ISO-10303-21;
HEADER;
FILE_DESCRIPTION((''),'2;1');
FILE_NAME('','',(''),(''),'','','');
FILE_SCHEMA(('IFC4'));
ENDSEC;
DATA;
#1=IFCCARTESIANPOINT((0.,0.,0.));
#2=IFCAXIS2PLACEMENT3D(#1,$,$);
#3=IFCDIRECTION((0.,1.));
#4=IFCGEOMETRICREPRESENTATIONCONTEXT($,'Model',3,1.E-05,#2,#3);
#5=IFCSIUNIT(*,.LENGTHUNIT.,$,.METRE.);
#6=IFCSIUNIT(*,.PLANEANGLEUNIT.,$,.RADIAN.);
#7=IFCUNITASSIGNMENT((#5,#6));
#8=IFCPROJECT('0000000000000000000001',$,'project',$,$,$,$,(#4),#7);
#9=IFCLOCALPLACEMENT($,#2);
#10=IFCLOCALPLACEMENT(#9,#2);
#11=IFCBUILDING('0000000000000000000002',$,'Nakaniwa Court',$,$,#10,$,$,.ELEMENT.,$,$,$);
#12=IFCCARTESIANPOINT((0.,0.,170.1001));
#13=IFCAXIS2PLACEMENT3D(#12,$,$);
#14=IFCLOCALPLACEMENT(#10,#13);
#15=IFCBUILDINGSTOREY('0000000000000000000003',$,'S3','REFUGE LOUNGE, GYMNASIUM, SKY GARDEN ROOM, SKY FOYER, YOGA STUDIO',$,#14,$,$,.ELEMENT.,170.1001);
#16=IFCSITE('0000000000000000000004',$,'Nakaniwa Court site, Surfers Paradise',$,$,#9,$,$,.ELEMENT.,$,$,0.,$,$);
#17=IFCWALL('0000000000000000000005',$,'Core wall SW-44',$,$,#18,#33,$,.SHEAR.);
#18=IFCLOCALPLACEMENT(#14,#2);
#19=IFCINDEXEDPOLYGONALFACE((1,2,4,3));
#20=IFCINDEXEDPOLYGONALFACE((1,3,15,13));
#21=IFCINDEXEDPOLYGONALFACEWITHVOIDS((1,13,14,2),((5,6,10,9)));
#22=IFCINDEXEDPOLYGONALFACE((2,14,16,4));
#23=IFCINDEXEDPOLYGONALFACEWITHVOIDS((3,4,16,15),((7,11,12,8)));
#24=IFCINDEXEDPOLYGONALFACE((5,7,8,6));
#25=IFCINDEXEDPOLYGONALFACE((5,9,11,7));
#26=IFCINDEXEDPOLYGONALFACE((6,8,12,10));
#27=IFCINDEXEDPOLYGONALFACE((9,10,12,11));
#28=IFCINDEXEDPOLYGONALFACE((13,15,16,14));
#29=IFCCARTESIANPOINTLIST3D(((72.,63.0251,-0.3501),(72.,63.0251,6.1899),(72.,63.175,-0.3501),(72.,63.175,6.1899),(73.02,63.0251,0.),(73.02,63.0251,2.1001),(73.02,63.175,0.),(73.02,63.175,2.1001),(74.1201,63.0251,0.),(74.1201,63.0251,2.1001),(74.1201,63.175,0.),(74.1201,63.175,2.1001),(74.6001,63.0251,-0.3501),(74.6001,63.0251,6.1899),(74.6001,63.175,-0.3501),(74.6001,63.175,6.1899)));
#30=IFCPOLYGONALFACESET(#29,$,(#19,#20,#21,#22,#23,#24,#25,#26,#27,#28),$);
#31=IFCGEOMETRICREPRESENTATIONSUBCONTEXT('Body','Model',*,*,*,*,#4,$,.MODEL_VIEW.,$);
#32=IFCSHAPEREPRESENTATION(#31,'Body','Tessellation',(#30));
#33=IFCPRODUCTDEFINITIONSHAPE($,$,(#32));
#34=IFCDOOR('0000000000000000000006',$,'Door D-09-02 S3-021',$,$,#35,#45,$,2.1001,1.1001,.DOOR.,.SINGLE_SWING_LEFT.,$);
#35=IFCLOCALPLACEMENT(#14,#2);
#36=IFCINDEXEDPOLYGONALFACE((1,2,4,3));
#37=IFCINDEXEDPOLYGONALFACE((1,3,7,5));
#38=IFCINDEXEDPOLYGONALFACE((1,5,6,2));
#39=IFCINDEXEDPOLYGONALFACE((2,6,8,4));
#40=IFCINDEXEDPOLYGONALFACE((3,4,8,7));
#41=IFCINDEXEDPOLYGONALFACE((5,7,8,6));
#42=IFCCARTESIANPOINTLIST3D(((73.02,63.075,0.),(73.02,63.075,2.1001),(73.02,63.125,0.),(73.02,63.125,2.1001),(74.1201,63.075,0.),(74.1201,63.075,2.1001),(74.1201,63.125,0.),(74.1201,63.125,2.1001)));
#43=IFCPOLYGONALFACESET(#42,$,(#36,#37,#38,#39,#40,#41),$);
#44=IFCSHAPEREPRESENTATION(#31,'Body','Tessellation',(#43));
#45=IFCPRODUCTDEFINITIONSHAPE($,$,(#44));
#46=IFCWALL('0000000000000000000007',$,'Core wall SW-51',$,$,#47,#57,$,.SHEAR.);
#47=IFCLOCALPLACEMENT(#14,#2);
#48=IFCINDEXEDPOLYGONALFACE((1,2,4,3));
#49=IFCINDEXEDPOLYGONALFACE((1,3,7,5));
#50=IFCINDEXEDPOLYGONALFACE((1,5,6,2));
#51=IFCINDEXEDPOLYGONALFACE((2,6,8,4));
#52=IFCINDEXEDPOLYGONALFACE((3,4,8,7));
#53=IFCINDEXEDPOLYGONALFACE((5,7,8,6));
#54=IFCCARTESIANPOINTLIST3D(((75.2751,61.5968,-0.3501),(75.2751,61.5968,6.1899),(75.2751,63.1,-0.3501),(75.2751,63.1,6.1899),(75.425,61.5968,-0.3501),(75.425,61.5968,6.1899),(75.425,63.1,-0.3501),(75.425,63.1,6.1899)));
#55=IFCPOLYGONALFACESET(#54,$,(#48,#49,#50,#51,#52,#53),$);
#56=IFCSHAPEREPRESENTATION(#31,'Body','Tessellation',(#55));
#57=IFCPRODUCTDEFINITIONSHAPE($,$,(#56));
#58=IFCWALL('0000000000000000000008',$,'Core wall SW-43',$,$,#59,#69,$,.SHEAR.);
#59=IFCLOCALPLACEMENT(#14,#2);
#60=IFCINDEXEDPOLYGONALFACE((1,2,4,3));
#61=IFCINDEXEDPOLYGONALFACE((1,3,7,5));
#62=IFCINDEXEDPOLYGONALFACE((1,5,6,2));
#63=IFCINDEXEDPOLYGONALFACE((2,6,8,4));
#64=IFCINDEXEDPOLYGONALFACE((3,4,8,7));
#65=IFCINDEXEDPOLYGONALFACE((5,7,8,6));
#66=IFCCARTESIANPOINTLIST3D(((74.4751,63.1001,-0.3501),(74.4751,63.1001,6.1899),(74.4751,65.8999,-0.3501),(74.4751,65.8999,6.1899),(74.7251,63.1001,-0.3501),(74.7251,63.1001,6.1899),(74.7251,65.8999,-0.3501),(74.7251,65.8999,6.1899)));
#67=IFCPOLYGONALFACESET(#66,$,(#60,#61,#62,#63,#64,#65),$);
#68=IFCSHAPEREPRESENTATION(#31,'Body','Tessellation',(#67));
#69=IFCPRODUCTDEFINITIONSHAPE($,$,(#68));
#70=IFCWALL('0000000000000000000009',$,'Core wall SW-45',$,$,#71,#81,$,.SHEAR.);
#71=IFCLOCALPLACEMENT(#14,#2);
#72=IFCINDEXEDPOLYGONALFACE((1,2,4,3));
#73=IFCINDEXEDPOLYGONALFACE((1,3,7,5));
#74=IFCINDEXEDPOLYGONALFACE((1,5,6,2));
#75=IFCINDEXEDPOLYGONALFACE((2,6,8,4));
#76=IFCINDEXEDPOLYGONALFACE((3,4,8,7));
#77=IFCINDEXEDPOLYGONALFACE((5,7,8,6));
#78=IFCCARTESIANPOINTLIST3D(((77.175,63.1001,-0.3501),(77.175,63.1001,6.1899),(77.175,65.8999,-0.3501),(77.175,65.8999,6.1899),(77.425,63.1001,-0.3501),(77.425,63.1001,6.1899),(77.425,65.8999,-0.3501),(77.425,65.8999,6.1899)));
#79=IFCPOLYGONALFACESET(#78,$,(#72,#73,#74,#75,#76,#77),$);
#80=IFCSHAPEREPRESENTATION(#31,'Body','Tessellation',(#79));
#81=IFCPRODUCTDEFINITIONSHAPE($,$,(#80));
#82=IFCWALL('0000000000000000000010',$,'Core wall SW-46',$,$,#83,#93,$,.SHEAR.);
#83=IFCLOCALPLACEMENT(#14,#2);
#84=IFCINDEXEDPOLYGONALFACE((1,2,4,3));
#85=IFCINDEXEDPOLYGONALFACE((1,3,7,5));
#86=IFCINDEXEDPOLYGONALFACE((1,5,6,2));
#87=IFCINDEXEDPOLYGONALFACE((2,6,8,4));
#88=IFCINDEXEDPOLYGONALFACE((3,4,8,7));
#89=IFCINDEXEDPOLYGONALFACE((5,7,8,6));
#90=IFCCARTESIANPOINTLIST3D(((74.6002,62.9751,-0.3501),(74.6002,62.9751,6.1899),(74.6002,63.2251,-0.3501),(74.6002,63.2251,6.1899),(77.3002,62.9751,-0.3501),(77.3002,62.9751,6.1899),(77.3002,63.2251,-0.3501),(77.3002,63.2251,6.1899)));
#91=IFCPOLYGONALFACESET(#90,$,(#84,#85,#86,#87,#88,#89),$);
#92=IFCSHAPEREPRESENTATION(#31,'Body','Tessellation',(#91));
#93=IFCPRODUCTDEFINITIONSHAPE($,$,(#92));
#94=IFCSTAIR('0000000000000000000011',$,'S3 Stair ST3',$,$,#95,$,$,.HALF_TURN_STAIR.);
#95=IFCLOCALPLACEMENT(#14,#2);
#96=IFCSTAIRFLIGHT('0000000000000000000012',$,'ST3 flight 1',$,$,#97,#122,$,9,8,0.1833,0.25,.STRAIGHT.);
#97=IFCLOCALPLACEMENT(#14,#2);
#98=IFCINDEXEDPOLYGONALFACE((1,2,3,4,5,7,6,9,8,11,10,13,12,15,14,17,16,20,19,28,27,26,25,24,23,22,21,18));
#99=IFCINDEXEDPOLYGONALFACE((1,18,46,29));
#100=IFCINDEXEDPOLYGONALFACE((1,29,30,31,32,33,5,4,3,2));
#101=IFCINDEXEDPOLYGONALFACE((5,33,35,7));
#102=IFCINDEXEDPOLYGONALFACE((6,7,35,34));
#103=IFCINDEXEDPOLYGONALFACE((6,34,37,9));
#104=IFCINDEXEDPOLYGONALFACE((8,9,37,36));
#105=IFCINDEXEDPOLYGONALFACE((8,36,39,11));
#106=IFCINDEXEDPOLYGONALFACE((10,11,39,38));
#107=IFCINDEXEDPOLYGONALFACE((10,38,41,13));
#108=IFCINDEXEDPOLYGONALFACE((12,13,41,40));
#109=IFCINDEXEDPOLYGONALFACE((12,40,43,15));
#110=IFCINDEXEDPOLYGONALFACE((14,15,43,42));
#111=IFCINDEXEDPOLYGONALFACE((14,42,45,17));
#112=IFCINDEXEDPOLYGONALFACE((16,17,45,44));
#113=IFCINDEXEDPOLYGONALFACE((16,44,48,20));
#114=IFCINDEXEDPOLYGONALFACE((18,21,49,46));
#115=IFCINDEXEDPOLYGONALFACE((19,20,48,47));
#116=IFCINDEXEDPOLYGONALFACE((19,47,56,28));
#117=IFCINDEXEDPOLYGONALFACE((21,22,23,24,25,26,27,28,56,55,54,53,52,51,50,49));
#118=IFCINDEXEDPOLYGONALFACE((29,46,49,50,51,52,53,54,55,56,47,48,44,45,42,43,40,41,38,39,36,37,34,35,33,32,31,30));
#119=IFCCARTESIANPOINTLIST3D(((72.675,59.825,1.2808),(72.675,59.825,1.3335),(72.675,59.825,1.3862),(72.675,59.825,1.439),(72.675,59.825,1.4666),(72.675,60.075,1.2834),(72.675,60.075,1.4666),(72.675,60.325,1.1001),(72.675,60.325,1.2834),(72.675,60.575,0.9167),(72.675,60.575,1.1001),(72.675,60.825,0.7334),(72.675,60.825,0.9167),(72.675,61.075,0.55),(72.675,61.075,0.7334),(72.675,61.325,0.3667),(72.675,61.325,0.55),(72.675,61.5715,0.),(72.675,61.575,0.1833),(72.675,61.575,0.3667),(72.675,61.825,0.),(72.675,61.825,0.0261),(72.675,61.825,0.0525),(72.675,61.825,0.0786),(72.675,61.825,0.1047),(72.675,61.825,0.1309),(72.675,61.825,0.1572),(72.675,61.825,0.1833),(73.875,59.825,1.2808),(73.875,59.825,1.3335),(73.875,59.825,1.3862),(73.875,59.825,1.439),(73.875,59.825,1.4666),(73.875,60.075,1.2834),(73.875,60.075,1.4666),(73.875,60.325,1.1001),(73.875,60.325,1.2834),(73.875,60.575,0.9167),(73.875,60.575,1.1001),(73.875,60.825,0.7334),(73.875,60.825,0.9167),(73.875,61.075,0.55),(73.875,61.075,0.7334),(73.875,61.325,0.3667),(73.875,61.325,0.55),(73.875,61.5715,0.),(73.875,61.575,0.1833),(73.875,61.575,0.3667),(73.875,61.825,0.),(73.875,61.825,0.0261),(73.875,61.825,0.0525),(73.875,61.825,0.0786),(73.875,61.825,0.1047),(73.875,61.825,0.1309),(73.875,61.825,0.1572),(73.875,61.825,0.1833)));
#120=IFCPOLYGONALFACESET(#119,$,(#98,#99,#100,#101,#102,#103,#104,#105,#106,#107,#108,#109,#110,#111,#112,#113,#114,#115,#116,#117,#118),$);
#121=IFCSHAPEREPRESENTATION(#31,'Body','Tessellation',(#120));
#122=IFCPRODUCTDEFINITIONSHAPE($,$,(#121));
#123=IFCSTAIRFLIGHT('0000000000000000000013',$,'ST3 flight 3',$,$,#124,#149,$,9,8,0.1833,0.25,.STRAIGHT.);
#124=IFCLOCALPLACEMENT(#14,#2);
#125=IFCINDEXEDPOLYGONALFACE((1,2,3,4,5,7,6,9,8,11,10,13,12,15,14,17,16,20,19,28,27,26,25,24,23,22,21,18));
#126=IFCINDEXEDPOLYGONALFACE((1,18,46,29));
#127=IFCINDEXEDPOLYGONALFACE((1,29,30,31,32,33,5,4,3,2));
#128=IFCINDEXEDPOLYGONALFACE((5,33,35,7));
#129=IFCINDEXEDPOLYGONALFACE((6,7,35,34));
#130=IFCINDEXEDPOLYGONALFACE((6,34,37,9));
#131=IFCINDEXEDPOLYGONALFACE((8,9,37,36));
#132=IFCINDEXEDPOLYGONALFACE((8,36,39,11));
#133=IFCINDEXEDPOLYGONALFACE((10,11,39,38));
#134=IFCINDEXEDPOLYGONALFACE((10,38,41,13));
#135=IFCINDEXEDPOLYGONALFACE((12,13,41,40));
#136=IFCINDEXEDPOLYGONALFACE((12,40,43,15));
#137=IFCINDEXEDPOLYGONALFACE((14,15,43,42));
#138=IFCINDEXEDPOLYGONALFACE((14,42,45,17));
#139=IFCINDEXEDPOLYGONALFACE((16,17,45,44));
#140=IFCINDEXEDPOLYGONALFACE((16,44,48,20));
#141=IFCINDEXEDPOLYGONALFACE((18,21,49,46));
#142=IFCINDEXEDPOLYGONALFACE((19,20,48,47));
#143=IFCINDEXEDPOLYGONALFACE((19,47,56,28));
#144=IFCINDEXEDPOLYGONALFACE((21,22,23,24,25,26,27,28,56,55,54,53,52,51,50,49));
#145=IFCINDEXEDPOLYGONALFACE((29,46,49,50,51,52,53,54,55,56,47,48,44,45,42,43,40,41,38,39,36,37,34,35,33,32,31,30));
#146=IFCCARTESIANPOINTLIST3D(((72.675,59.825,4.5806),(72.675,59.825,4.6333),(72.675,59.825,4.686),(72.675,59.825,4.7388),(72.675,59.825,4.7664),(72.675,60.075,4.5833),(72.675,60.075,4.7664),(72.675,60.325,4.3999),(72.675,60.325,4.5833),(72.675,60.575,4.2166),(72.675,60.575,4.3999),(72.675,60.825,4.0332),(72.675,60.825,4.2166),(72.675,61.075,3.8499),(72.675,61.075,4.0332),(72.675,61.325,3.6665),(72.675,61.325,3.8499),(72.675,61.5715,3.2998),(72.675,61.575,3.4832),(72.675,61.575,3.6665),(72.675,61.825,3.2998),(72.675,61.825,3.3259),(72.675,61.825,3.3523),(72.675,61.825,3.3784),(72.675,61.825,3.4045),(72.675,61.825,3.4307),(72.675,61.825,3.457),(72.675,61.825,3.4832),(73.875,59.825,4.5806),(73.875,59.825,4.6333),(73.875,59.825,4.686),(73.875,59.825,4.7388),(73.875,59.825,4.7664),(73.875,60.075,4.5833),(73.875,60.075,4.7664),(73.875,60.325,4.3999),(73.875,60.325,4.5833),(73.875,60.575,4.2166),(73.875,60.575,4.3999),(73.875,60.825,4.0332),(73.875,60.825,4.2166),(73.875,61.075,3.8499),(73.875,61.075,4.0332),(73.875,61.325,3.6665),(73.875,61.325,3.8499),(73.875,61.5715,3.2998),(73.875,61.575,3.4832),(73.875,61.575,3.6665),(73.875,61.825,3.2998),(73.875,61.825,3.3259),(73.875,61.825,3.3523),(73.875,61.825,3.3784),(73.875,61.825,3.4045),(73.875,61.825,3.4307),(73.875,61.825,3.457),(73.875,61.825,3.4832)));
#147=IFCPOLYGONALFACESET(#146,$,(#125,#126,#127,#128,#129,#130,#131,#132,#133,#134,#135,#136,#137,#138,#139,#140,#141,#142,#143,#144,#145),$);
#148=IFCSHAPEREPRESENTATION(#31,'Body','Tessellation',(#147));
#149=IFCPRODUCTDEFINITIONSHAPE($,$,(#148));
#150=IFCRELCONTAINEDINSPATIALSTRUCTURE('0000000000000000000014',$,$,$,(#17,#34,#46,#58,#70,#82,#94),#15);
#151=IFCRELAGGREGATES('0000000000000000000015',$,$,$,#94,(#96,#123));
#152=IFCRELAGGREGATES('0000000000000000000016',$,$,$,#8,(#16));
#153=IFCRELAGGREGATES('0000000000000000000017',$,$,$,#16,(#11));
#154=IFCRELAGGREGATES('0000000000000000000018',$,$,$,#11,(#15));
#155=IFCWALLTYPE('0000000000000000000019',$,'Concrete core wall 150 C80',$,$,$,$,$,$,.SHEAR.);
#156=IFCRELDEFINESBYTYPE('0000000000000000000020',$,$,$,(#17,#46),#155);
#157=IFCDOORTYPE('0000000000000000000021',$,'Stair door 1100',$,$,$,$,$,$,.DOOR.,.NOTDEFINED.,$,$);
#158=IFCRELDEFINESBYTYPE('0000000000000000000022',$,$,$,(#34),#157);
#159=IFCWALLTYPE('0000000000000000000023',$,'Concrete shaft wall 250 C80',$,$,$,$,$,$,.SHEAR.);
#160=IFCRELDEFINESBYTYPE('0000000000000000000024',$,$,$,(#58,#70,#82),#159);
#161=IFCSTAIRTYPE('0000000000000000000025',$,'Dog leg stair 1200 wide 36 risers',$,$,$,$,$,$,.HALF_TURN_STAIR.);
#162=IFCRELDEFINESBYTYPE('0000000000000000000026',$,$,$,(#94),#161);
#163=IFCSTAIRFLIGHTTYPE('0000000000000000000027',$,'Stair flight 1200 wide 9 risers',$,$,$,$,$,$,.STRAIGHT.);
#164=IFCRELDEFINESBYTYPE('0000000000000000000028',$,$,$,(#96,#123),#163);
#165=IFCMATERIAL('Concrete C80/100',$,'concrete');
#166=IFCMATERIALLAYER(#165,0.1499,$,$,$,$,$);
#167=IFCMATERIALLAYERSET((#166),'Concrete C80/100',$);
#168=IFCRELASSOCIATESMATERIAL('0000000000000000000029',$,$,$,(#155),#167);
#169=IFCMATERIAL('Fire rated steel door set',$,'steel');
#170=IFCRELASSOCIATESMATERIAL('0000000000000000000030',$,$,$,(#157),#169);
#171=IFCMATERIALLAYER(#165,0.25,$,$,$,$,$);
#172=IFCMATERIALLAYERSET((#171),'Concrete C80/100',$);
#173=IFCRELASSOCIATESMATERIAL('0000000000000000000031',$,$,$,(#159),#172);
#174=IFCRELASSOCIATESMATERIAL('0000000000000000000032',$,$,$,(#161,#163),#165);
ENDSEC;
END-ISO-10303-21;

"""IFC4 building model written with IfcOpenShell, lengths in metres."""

from ifc_helpers import new_model, si_unit, direction, frame, frame_2d, origin, place, context, subcontext, project, spatial, polyline, rectangle, outline, extrude, material, layer, layer_set, type_object, element, fill, aggregate, save


model = new_model("IFC4")

# Units and contexts
model_context = context("Model", 3, precision=1e-05, world=origin(), true_north=direction((0.0, 1.0)))
body_context = subcontext(model_context, "Body", "Model", "MODEL_VIEW")
ifc_project = project(units=[si_unit("LENGTHUNIT", "METRE"), si_unit("PLANEANGLEUNIT", "RADIAN")], contexts=[model_context])

# Site, building, storey
site_placement = place(None, origin())
site = spatial("IfcSite", under=ifc_project, at=site_placement, Name="Nakaniwa Court site, Surfers Paradise", CompositionType="ELEMENT", RefElevation=0.0)
building_placement = place(site_placement, origin())
building = spatial("IfcBuilding", under=site, at=building_placement, Name="Nakaniwa Court", CompositionType="ELEMENT")
storey_placement = place(building_placement, frame((0.0, 0.0, 170.1001)))
storey = spatial("IfcBuildingStorey", under=building, at=storey_placement, Name="S3", Description="REFUGE LOUNGE, GYMNASIUM, SKY GARDEN ROOM, SKY FOYER, YOGA STUDIO", CompositionType="ELEMENT", Elevation=170.1001)

# Shared definitions
ifc_material_1 = material(Name="Concrete C80/100", Category="concrete")

# Wall, opening, door
ifc_material_2 = material(Name="Fire rated steel door set", Category="steel")
ifc_layer_1 = layer(ifc_material_1, 0.1499)
ifc_layer_set_1 = layer_set([ifc_layer_1], Name="Concrete C80/100")
wall_type_1 = type_object("IfcWallType", Name="Concrete core wall 150 C80", PredefinedType="SHEAR", material=ifc_layer_set_1)
wall_1_placement = place(storey_placement, frame((72.0, 63.1001, -0.3501), z_axis=(0.0, 0.0, 1.0), x_axis=(1.0, 0.0, 0.0)))
wall_1 = element("IfcWall", 1, at=wall_1_placement, inside=storey, type_object=wall_type_1, Name="Core wall SW-44", PredefinedType="SHEAR", context=body_context, shape_type="SweptSolid", body=[
    extrude(rectangle(XDim=2.6001, YDim=0.1499, at=frame_2d((1.3, 0.0))), origin(), (0.0, 0.0, 1.0), 6.54),
])
opening_1_placement = place(wall_1_placement, frame((1.02, 0.0, 0.3501)))
opening_1 = element("IfcOpeningElement", 2, at=opening_1_placement, cuts=wall_1, PredefinedType="OPENING", context=body_context, shape_type="SweptSolid", body=[
    extrude(rectangle(XDim=1.1001, YDim=2.1001, at=frame_2d((0.55, 1.05))), frame((0.0, 0.085, 0.0), z_axis=(0.0, -1.0, 0.0), x_axis=(1.0, 0.0, 0.0)), (0.0, 0.0, 1.0), 0.1699),
])
door_type_1 = type_object("IfcDoorType", Name="Stair door 1100", OperationType="NOTDEFINED", PredefinedType="DOOR", material=ifc_material_2)
door_1_placement = place(opening_1_placement, origin())
door_1 = element("IfcDoor", 3, at=door_1_placement, inside=storey, type_object=door_type_1, Name="Door D-09-02 S3-021", OperationType="SINGLE_SWING_LEFT", OverallHeight=2.1001, OverallWidth=1.1001, PredefinedType="DOOR", context=body_context, shape_type="SweptSolid", body=[
    extrude(rectangle(XDim=1.1001, YDim=2.1001, at=frame_2d((0.55, 1.05))), frame((0.0, 0.0249, 0.0), z_axis=(0.0, -1.0, 0.0), x_axis=(1.0, 0.0, 0.0)), (0.0, 0.0, 1.0), 0.05),
])
fill(opening_1, door_1)

# Walls
wall_2_placement = place(storey_placement, frame((75.3501, 61.5969, -0.3501), z_axis=(0.0, 0.0, 1.0), x_axis=(0.0, 1.0, 0.0)))
element("IfcWall", 4, at=wall_2_placement, inside=storey, type_object=wall_type_1, Name="Core wall SW-51", PredefinedType="SHEAR", context=body_context, shape_type="SweptSolid", body=[
    extrude(rectangle(XDim=1.5032, YDim=0.1499, at=frame_2d((0.7515, 0.0))), origin(), (0.0, 0.0, 1.0), 6.54),
])
ifc_layer_2 = layer(ifc_material_1, 0.25)
ifc_layer_set_2 = layer_set([ifc_layer_2], Name="Concrete C80/100")
wall_type_2 = type_object("IfcWallType", Name="Concrete shaft wall 250 C80", PredefinedType="SHEAR", material=ifc_layer_set_2)
for number, where, z_axis, x_axis, name in (
    (5, (74.6001, 63.1001, -0.3501), (0.0, 0.0, 1.0), (0.0, 1.0, 0.0), "Core wall SW-43"),
    (6, (77.3, 63.1001, -0.3501), (0.0, 0.0, 1.0), (0.0, 1.0, 0.0), "Core wall SW-45"),
):
    element("IfcWall", number, at=place(storey_placement, frame(where, z_axis=z_axis, x_axis=x_axis)), inside=storey, type_object=wall_type_2, Name=name, PredefinedType="SHEAR", context=body_context, shape_type="SweptSolid", body=[
        extrude(rectangle(XDim=2.7998, YDim=0.25, at=frame_2d((1.3999, 0.0))), origin(), (0.0, 0.0, 1.0), 6.54),
    ])
wall_3_placement = place(storey_placement, frame((74.6001, 63.1001, -0.3501), z_axis=(0.0, 0.0, 1.0), x_axis=(1.0, 0.0, 0.0)))
element("IfcWall", 7, at=wall_3_placement, inside=storey, type_object=wall_type_2, Name="Core wall SW-46", PredefinedType="SHEAR", context=body_context, shape_type="SweptSolid", body=[
    extrude(rectangle(XDim=2.7, YDim=0.25, at=frame_2d((1.3501, 0.0))), origin(), (0.0, 0.0, 1.0), 6.54),
])

# Stair, stair flights
stair_type = type_object("IfcStairType", Name="Dog leg stair 1200 wide 36 risers", PredefinedType="HALF_TURN_STAIR", material=ifc_material_1)
stair_placement = place(storey_placement, origin())
stair = element("IfcStair", 8, at=stair_placement, inside=storey, type_object=stair_type, Name="S3 Stair ST3", PredefinedType="HALF_TURN_STAIR")
stair_flight_type = type_object("IfcStairFlightType", Name="Stair flight 1200 wide 9 risers", PredefinedType="STRAIGHT", material=ifc_material_1)
stair_flight_1_placement = place(storey_placement, frame((73.2749, 61.825, 0.0), z_axis=(0.0, 0.0, 1.0), x_axis=(0.0, -1.0, 0.0)))
stair_flight_1 = element("IfcStairFlight", 9, at=stair_flight_1_placement, type_object=stair_flight_type, Name="ST3 flight 1", NumberOfRisers=9, NumberOfTreads=8, PredefinedType="STRAIGHT", RiserHeight=0.1833, TreadLength=0.25, context=body_context, shape_type="SweptSolid", body=[
    extrude(outline(polyline([(0.0, 0.0), (0.0, 0.0261), (0.0, 0.0525), (0.0, 0.0786), (0.0, 0.1047), (0.0, 0.1309), (0.0, 0.1572), (0.0, 0.1833), (0.25, 0.1833), (0.25, 0.3667), (0.5, 0.3667), (0.5, 0.55), (0.75, 0.55), (0.75, 0.7334), (1.0, 0.7334), (1.0, 0.9167), (1.25, 0.9167), (1.25, 1.1001), (1.5, 1.1001), (1.5, 1.2834), (1.75, 1.2834), (1.75, 1.4666), (2.0, 1.4666), (2.0, 1.6499), (2.0, 1.5972), (2.0, 1.5444), (2.0, 1.4917), (2.0, 1.439), (2.0, 1.3862), (2.0, 1.3335), (2.0, 1.2808), (0.2534, 0.0), (0.0, 0.0)])), frame((0.0, 0.6001, 0.0), z_axis=(0.0, -1.0, 0.0), x_axis=(1.0, 0.0, 0.0)), (0.0, 0.0, 1.0), 1.2),
])
stair_flight_2_placement = place(storey_placement, frame((73.2749, 61.825, 3.2998), z_axis=(0.0, 0.0, 1.0), x_axis=(0.0, -1.0, 0.0)))
stair_flight_2 = element("IfcStairFlight", 10, at=stair_flight_2_placement, type_object=stair_flight_type, Name="ST3 flight 3", NumberOfRisers=9, NumberOfTreads=8, PredefinedType="STRAIGHT", RiserHeight=0.1833, TreadLength=0.25, context=body_context, shape_type="SweptSolid", body=[
    extrude(outline(polyline([(0.0, 0.0), (0.0, 0.0261), (0.0, 0.0525), (0.0, 0.0786), (0.0, 0.1047), (0.0, 0.1309), (0.0, 0.1572), (0.0, 0.1833), (0.25, 0.1833), (0.25, 0.3667), (0.5, 0.3667), (0.5, 0.55), (0.75, 0.55), (0.75, 0.7334), (1.0, 0.7334), (1.0, 0.9167), (1.25, 0.9167), (1.25, 1.1001), (1.5, 1.1001), (1.5, 1.2834), (1.75, 1.2834), (1.75, 1.4666), (2.0, 1.4666), (2.0, 1.6499), (2.0, 1.5972), (2.0, 1.5444), (2.0, 1.4917), (2.0, 1.439), (2.0, 1.3862), (2.0, 1.3335), (2.0, 1.2808), (0.2534, 0.0), (0.0, 0.0)])), frame((0.0, 0.6001, 0.0), z_axis=(0.0, -1.0, 0.0), x_axis=(1.0, 0.0, 0.0)), (0.0, 0.0, 1.0), 1.2),
])
aggregate(stair, [stair_flight_1, stair_flight_2])

save(model, "model.ifc")
